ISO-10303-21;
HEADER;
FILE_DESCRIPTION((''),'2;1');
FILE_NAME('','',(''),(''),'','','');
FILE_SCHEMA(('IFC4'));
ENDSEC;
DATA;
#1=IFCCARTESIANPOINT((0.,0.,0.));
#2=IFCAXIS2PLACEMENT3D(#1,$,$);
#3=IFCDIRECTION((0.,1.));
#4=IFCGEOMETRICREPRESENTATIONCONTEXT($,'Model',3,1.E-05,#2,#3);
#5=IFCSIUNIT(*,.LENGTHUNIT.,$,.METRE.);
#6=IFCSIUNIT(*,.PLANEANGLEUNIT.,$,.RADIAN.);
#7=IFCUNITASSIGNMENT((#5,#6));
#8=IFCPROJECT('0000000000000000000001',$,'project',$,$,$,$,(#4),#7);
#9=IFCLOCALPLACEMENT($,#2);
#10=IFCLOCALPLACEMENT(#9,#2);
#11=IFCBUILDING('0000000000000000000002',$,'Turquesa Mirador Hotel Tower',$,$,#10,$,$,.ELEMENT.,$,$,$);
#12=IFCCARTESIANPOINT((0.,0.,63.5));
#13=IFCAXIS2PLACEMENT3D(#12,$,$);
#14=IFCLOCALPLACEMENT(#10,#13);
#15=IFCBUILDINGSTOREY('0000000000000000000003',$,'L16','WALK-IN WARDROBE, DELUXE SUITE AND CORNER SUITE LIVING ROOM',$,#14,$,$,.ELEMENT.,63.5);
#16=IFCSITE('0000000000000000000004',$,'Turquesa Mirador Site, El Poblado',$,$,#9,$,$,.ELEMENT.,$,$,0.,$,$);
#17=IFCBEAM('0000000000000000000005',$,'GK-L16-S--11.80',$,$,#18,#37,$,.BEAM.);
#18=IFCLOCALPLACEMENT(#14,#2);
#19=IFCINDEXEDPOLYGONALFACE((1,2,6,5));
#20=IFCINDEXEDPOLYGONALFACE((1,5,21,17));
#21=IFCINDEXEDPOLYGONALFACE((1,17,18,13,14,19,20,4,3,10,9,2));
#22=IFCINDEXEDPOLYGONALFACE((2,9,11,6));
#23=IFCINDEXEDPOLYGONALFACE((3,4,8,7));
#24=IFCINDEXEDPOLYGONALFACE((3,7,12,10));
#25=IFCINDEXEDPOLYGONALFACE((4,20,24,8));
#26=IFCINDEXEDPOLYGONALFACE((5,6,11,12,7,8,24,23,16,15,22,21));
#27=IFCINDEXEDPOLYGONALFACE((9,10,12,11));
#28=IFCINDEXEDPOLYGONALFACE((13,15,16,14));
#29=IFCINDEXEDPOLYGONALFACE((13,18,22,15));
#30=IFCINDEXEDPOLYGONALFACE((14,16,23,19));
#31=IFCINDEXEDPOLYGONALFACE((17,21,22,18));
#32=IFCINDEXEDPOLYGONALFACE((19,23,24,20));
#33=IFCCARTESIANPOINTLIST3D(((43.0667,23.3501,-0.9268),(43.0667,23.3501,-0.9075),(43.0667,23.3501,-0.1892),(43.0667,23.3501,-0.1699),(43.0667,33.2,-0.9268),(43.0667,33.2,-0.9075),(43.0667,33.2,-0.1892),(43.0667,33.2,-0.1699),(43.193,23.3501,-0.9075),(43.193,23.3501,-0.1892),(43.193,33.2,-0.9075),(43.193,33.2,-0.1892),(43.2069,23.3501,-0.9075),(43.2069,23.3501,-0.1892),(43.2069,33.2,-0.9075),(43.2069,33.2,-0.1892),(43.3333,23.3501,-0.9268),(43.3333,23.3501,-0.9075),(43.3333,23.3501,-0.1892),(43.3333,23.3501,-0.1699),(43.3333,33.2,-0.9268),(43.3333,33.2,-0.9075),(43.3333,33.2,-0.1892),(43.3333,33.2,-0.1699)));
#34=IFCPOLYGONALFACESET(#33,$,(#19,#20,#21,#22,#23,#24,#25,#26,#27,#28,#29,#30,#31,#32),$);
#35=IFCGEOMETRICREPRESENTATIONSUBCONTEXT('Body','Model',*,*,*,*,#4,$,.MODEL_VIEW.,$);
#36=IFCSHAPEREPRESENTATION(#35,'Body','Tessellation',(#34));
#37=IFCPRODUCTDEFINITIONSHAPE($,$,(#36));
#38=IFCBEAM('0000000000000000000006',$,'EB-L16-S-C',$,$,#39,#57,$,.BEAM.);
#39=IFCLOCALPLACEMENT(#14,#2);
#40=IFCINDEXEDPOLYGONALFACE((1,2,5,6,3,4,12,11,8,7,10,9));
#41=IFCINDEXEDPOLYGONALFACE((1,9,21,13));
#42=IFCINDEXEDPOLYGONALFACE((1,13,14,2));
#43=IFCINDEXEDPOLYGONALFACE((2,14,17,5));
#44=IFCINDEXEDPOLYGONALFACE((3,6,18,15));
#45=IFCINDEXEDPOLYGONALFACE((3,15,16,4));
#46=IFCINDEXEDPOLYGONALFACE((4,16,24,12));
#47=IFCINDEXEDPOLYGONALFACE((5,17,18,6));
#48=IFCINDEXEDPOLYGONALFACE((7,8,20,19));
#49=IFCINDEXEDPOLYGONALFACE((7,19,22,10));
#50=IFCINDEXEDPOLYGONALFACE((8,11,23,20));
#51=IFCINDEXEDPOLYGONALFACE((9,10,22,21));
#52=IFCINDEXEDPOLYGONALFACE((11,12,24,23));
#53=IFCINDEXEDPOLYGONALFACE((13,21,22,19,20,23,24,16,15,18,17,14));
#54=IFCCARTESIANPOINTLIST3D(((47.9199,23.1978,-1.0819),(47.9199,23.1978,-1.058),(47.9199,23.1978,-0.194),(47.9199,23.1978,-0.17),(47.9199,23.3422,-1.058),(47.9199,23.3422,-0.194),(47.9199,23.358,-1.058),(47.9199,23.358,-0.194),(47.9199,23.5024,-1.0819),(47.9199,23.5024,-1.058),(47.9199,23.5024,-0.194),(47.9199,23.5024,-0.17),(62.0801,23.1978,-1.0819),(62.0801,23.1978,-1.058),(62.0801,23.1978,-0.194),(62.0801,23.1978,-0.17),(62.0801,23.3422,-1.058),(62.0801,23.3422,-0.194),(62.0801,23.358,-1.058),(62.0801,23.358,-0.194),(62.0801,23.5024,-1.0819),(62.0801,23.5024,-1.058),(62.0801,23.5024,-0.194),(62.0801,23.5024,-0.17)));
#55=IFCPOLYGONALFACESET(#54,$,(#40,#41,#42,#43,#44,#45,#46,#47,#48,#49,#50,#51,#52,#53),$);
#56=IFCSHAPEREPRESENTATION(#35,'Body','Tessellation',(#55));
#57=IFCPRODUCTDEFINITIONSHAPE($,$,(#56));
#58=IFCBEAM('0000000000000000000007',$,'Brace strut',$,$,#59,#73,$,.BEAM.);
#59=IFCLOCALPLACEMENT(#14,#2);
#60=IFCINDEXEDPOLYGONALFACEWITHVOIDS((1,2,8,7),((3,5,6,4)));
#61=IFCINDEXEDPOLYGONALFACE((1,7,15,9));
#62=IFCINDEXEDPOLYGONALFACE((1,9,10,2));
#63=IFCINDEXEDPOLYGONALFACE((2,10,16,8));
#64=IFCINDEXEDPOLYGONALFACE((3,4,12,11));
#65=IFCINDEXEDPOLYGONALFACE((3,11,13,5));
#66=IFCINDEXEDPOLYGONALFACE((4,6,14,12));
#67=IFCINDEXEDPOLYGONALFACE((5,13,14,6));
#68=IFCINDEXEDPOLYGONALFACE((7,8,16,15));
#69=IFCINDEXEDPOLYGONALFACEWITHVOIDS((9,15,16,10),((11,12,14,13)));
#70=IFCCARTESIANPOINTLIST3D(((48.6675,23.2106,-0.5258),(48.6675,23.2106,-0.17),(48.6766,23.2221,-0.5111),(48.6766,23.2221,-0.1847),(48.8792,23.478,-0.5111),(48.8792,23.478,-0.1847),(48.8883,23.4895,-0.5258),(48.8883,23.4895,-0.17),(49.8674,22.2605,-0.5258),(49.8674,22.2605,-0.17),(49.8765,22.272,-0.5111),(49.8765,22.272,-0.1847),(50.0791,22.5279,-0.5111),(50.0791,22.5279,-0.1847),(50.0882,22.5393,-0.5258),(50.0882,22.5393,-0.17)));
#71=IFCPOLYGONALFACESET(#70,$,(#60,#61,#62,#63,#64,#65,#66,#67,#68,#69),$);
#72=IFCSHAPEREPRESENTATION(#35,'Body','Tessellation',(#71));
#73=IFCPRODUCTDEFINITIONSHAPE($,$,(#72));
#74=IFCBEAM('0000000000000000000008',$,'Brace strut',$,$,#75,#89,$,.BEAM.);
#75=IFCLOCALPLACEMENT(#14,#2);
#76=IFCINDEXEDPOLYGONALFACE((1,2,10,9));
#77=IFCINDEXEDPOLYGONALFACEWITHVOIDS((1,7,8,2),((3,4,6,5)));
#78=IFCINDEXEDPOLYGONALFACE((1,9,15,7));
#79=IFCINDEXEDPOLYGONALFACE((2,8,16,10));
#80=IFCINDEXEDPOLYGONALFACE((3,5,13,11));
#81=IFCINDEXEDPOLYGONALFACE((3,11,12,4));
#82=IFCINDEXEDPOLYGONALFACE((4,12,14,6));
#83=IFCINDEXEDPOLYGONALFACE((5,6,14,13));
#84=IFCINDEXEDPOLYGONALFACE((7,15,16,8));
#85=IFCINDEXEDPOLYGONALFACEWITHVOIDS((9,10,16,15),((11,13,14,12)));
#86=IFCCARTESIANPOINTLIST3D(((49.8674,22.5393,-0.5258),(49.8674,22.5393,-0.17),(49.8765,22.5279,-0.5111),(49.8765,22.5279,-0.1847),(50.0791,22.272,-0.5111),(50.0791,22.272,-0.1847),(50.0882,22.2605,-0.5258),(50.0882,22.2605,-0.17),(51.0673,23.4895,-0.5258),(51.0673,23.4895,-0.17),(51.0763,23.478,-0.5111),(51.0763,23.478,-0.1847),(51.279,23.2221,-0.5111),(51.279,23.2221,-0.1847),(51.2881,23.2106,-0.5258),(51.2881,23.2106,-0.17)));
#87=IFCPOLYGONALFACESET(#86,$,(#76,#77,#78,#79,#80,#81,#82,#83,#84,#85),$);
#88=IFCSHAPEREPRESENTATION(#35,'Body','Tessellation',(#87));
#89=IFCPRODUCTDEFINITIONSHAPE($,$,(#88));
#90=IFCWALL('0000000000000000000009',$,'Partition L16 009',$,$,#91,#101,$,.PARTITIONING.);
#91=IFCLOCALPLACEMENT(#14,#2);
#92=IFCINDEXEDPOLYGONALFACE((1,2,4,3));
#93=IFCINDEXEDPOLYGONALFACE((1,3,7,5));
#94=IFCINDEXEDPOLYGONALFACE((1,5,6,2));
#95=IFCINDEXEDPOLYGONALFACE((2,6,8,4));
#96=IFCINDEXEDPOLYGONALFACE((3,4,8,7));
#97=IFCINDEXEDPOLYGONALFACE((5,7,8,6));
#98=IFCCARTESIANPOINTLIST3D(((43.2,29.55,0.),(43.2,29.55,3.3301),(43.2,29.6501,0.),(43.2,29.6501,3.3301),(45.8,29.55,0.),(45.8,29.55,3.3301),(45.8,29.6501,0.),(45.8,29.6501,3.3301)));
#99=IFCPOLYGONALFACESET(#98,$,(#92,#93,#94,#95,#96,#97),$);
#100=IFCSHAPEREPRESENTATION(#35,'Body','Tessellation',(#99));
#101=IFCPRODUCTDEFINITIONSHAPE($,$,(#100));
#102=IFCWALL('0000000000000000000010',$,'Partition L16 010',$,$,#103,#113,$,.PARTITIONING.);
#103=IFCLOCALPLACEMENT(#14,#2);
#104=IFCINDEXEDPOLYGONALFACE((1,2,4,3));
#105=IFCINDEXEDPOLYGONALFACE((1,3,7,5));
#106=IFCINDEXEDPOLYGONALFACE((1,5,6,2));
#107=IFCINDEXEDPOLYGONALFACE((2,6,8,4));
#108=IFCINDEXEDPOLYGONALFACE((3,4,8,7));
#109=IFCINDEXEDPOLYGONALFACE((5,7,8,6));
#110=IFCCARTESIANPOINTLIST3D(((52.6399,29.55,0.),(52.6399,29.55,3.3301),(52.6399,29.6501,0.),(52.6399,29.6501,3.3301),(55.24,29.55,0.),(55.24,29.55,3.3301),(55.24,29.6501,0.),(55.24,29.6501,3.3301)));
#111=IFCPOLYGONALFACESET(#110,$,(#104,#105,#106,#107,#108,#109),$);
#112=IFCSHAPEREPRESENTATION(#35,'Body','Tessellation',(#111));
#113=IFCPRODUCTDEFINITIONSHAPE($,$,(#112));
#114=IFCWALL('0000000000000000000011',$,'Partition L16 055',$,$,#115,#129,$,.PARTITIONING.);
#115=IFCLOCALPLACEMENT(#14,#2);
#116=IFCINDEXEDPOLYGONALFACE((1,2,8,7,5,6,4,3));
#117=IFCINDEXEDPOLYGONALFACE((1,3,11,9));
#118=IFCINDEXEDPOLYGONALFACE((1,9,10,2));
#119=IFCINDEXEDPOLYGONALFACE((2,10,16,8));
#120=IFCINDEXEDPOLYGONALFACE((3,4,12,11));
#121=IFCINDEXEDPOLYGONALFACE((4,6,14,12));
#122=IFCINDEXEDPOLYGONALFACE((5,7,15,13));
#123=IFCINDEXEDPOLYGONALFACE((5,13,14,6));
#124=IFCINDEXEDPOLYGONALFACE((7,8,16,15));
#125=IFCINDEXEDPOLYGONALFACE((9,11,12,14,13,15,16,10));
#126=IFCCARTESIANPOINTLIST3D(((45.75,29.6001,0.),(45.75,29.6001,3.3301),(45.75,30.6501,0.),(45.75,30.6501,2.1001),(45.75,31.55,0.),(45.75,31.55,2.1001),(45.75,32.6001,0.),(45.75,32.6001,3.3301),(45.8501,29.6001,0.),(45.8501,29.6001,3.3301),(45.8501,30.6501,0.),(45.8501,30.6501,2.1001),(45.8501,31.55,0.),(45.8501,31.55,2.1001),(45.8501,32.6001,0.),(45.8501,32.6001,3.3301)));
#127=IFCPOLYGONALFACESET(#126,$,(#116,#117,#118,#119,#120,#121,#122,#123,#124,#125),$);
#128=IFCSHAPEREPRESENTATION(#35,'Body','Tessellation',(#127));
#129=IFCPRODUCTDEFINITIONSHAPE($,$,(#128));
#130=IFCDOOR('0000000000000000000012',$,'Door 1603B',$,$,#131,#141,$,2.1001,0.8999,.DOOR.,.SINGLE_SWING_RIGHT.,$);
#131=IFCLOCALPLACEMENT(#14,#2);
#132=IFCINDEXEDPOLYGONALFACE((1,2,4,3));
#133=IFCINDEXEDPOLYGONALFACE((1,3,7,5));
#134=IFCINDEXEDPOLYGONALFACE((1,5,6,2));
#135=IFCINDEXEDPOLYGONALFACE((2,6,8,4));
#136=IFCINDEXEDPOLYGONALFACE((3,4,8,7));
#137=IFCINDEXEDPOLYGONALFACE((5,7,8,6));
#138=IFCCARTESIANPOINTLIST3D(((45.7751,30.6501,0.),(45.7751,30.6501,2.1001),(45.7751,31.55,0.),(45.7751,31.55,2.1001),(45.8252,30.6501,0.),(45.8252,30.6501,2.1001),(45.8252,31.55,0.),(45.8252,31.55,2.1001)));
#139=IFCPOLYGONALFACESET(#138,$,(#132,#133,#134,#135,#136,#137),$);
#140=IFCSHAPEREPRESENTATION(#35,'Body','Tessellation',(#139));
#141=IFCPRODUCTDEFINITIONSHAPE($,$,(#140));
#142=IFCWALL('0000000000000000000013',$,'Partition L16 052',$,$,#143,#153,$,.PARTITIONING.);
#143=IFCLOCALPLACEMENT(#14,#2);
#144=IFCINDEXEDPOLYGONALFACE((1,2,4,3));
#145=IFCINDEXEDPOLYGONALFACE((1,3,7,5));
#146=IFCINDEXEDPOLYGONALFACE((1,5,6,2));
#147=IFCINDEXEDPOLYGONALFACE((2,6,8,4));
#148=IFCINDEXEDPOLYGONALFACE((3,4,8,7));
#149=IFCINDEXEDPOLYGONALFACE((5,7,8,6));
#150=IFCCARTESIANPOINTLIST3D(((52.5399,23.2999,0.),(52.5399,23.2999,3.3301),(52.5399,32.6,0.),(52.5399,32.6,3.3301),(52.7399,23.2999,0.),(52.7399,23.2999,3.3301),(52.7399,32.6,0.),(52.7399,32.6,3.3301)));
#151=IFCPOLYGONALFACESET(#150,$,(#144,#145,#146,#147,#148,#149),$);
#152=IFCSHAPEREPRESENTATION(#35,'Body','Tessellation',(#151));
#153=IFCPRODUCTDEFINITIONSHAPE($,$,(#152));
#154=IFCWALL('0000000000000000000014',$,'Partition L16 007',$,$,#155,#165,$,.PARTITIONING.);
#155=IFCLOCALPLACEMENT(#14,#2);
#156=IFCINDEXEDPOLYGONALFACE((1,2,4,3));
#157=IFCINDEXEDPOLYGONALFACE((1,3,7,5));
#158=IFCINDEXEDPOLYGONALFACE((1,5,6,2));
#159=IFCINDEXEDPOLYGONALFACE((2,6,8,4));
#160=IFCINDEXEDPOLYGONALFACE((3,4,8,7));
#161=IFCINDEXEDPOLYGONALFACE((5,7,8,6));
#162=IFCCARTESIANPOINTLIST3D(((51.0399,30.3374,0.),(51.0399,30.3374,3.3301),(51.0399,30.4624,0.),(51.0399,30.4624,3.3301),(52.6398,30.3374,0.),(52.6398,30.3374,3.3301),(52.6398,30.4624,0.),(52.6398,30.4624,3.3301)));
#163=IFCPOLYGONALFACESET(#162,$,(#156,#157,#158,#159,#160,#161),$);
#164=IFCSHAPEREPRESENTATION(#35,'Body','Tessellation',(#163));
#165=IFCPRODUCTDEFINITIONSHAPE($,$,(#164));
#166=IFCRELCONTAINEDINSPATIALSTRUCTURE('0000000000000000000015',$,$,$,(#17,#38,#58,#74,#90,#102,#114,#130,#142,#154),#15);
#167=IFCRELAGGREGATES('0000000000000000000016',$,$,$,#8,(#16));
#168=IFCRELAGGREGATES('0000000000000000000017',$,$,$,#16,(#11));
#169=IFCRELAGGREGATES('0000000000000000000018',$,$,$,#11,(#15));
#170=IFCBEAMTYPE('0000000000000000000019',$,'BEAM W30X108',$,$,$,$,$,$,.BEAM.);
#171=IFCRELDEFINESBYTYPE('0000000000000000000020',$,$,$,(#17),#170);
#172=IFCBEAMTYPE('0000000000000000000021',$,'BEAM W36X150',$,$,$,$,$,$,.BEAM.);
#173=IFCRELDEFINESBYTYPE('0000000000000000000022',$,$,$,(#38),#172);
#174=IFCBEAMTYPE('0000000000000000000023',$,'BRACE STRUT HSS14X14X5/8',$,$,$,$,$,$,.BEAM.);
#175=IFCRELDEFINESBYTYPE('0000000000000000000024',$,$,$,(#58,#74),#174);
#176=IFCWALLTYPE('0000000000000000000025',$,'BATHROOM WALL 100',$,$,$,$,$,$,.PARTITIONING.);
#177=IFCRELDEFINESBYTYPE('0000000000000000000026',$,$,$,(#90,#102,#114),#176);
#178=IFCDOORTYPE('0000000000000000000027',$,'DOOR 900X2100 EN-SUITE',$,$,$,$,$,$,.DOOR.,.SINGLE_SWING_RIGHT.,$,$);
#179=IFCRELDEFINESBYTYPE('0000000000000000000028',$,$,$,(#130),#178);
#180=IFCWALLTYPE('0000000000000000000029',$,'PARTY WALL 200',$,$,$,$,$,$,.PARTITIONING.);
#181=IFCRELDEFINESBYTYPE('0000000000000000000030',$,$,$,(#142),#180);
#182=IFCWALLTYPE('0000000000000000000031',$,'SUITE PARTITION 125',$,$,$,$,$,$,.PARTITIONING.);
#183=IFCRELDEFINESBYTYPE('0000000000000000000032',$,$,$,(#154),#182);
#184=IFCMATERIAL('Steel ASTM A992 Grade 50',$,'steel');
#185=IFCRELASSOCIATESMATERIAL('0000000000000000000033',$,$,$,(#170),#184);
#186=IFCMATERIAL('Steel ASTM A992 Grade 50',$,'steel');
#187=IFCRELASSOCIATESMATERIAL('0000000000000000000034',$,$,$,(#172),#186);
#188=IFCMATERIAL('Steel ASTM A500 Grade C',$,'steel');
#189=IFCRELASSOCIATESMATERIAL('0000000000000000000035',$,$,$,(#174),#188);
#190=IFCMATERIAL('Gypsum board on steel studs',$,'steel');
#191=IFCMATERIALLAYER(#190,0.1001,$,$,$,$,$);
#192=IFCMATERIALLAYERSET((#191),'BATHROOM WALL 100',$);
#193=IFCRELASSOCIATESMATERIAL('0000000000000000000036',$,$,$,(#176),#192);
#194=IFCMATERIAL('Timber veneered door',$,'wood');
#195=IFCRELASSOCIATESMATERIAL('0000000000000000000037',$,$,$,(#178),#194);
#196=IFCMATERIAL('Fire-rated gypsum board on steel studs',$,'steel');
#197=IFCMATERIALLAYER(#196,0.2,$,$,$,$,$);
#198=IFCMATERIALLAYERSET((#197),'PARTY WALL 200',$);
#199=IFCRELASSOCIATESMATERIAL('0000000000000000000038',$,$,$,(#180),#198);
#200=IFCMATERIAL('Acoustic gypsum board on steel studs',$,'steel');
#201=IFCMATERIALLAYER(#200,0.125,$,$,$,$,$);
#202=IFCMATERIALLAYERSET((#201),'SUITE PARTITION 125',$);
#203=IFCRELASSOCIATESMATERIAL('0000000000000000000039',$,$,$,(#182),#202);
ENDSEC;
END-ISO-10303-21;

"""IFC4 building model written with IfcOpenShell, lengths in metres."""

from ifc_helpers import new_model, si_unit, direction, frame, frame_2d, origin, origin_2d, place, context, subcontext, project, spatial, rectangle, hollow_rectangle, i_section, extrude, material, layer, layer_set, material_profile, profile_set, type_object, element, fill, save


model = new_model("IFC4")

# Units and contexts
model_context = context("Model", 3, precision=1e-05, world=origin(), true_north=direction((0.0, 1.0)))
body_context = subcontext(model_context, "Body", "Model", "MODEL_VIEW")
ifc_project = project(units=[si_unit("LENGTHUNIT", "METRE"), si_unit("PLANEANGLEUNIT", "RADIAN")], contexts=[model_context])

# Site, building, storey
site_placement = place(None, origin())
site = spatial("IfcSite", under=ifc_project, at=site_placement, Name="Turquesa Mirador Site, El Poblado", CompositionType="ELEMENT", RefElevation=0.0)
building_placement = place(site_placement, origin())
building = spatial("IfcBuilding", under=site, at=building_placement, Name="Turquesa Mirador Hotel Tower", CompositionType="ELEMENT")
storey_placement = place(building_placement, frame((0.0, 0.0, 63.5)))
storey = spatial("IfcBuildingStorey", under=building, at=storey_placement, Name="L16", Description="WALK-IN WARDROBE, DELUXE SUITE AND CORNER SUITE LIVING ROOM", CompositionType="ELEMENT", Elevation=63.5)

# Beams
ifc_material_1 = material(Name="Steel ASTM A992 Grade 50", Category="steel")
ifc_material_profile_1 = material_profile(ifc_material_1, i_section(OverallWidth=0.2666, OverallDepth=0.7568, WebThickness=0.0139, FlangeThickness=0.0193, at=origin_2d()), Name="W30X108")
ifc_profile_set_1 = profile_set([ifc_material_profile_1], Name="Steel ASTM A992 Grade 50")
beam_type_1 = type_object("IfcBeamType", Name="BEAM W30X108", PredefinedType="BEAM", material=ifc_profile_set_1)
beam_1_placement = place(storey_placement, frame((43.2, 23.3501, -0.5483), z_axis=(0.0, 1.0, 0.0), x_axis=(-1.0, 0.0, 0.0)))
element("IfcBeam", 1, at=beam_1_placement, inside=storey, type_object=beam_type_1, Name="GK-L16-S--11.80", PredefinedType="BEAM", context=body_context, shape_type="SweptSolid", body=[
    extrude(i_section(OverallWidth=0.2666, OverallDepth=0.7568, WebThickness=0.0139, FlangeThickness=0.0193, at=origin_2d()), origin(), (0.0, 0.0, 1.0), 9.8499),
])
ifc_material_2 = material(Name="Steel ASTM A992 Grade 50", Category="steel")
ifc_material_profile_2 = material_profile(ifc_material_2, i_section(OverallWidth=0.3047, OverallDepth=0.9119, WebThickness=0.0159, FlangeThickness=0.0239, at=origin_2d()), Name="W36X150")
ifc_profile_set_2 = profile_set([ifc_material_profile_2], Name="Steel ASTM A992 Grade 50")
beam_type_2 = type_object("IfcBeamType", Name="BEAM W36X150", PredefinedType="BEAM", material=ifc_profile_set_2)
beam_2_placement = place(storey_placement, frame((47.9199, 23.3501, -0.626), z_axis=(1.0, 0.0, 0.0), x_axis=(0.0, 1.0, 0.0)))
element("IfcBeam", 2, at=beam_2_placement, inside=storey, type_object=beam_type_2, Name="EB-L16-S-C", PredefinedType="BEAM", context=body_context, shape_type="SweptSolid", body=[
    extrude(i_section(OverallWidth=0.3047, OverallDepth=0.9119, WebThickness=0.0159, FlangeThickness=0.0239, at=origin_2d()), origin(), (0.0, 0.0, 1.0), 14.1602),
])
ifc_material_3 = material(Name="Steel ASTM A500 Grade C", Category="steel")
ifc_material_profile_3 = material_profile(ifc_material_3, hollow_rectangle(XDim=0.3557, YDim=0.3557, WallThickness=0.0146, at=origin_2d()), Name="HSS14X14X5/8")
ifc_profile_set_3 = profile_set([ifc_material_profile_3], Name="Steel ASTM A500 Grade C")
beam_type_3 = type_object("IfcBeamType", Name="BRACE STRUT HSS14X14X5/8", PredefinedType="BEAM", material=ifc_profile_set_3)
for number, where, z_axis, x_axis, name in (
    (3, (49.9778, 22.3999, -0.3479), (-0.783971, 0.620797, 0.0), (-0.620797, -0.783971, 0.0), "Brace strut"),
    (4, (49.9778, 22.3999, -0.3479), (0.783971, 0.620797, 0.0), (-0.620797, 0.783971, 0.0), "Brace strut"),
):
    element("IfcBeam", number, at=place(storey_placement, frame(where, z_axis=z_axis, x_axis=x_axis)), inside=storey, type_object=beam_type_3, Name=name, PredefinedType="BEAM", context=body_context, shape_type="SweptSolid", body=[
        extrude(hollow_rectangle(XDim=0.3557, YDim=0.3557, WallThickness=0.0146, at=origin_2d()), origin(), (0.0, 0.0, 1.0), 1.5305),
    ])

# Walls
ifc_material_4 = material(Name="Gypsum board on steel studs", Category="steel")
ifc_layer_1 = layer(ifc_material_4, 0.1001)
ifc_layer_set_1 = layer_set([ifc_layer_1], Name="BATHROOM WALL 100")
wall_type_1 = type_object("IfcWallType", Name="BATHROOM WALL 100", PredefinedType="PARTITIONING", material=ifc_layer_set_1)
for number, where, z_axis, x_axis, name in (
    (5, (43.2, 29.6001, 0.0), (0.0, 0.0, 1.0), (1.0, 0.0, 0.0), "Partition L16 009"),
    (6, (52.6399, 29.6001, 0.0), (0.0, 0.0, 1.0), (1.0, 0.0, 0.0), "Partition L16 010"),
):
    element("IfcWall", number, at=place(storey_placement, frame(where, z_axis=z_axis, x_axis=x_axis)), inside=storey, type_object=wall_type_1, Name=name, PredefinedType="PARTITIONING", context=body_context, shape_type="SweptSolid", body=[
        extrude(rectangle(XDim=2.6001, YDim=0.1001, at=frame_2d((1.3, 0.0))), origin(), (0.0, 0.0, 1.0), 3.3301),
    ])

# Wall, opening, door
wall_1_placement = place(storey_placement, frame((45.8, 29.6001, 0.0), z_axis=(0.0, 0.0, 1.0), x_axis=(0.0, 1.0, 0.0)))
wall_1 = element("IfcWall", 7, at=wall_1_placement, inside=storey, type_object=wall_type_1, Name="Partition L16 055", PredefinedType="PARTITIONING", context=body_context, shape_type="SweptSolid", body=[
    extrude(rectangle(XDim=3.0, YDim=0.1001, at=frame_2d((1.5, 0.0))), origin(), (0.0, 0.0, 1.0), 3.3301),
])
opening_placement = place(wall_1_placement, frame((1.05, 0.0, 0.0)))
opening = element("IfcOpeningElement", 8, at=opening_placement, cuts=wall_1, PredefinedType="OPENING", context=body_context, shape_type="SweptSolid", body=[
    extrude(rectangle(XDim=0.8999, YDim=2.1001, at=frame_2d((0.45, 1.05))), frame((0.0, 0.0601, 0.0), z_axis=(0.0, -1.0, 0.0), x_axis=(1.0, 0.0, 0.0)), (0.0, 0.0, 1.0), 0.1201),
])
ifc_material_5 = material(Name="Timber veneered door", Category="wood")
door_type = type_object("IfcDoorType", Name="DOOR 900X2100 EN-SUITE", OperationType="SINGLE_SWING_RIGHT", PredefinedType="DOOR", material=ifc_material_5)
door_placement = place(opening_placement, origin())
door = element("IfcDoor", 9, at=door_placement, inside=storey, type_object=door_type, Name="Door 1603B", OperationType="SINGLE_SWING_RIGHT", OverallHeight=2.1001, OverallWidth=0.8999, PredefinedType="DOOR", context=body_context, shape_type="SweptSolid", body=[
    extrude(rectangle(XDim=0.8999, YDim=2.1001, at=frame_2d((0.45, 1.05))), frame((0.0, 0.0249, 0.0), z_axis=(0.0, -1.0, 0.0), x_axis=(1.0, 0.0, 0.0)), (0.0, 0.0, 1.0), 0.05),
])
fill(opening, door)

# Walls
ifc_material_6 = material(Name="Fire-rated gypsum board on steel studs", Category="steel")
ifc_layer_2 = layer(ifc_material_6, 0.2)
ifc_layer_set_2 = layer_set([ifc_layer_2], Name="PARTY WALL 200")
wall_type_2 = type_object("IfcWallType", Name="PARTY WALL 200", PredefinedType="PARTITIONING", material=ifc_layer_set_2)
wall_2_placement = place(storey_placement, frame((52.6399, 23.3, 0.0), z_axis=(0.0, 0.0, 1.0), x_axis=(0.0, 1.0, 0.0)))
element("IfcWall", 10, at=wall_2_placement, inside=storey, type_object=wall_type_2, Name="Partition L16 052", PredefinedType="PARTITIONING", context=body_context, shape_type="SweptSolid", body=[
    extrude(rectangle(XDim=9.3, YDim=0.2, at=frame_2d((4.6499, 0.0))), origin(), (0.0, 0.0, 1.0), 3.3301),
])
ifc_material_7 = material(Name="Acoustic gypsum board on steel studs", Category="steel")
ifc_layer_3 = layer(ifc_material_7, 0.125)
ifc_layer_set_3 = layer_set([ifc_layer_3], Name="SUITE PARTITION 125")
wall_type_3 = type_object("IfcWallType", Name="SUITE PARTITION 125", PredefinedType="PARTITIONING", material=ifc_layer_set_3)
wall_3_placement = place(storey_placement, frame((51.04, 30.3999, 0.0), z_axis=(0.0, 0.0, 1.0), x_axis=(1.0, 0.0, 0.0)))
element("IfcWall", 11, at=wall_3_placement, inside=storey, type_object=wall_type_3, Name="Partition L16 007", PredefinedType="PARTITIONING", context=body_context, shape_type="SweptSolid", body=[
    extrude(rectangle(XDim=1.5999, YDim=0.125, at=frame_2d((0.7998, 0.0))), origin(), (0.0, 0.0, 1.0), 3.3301),
])

save(model, "model.ifc")
